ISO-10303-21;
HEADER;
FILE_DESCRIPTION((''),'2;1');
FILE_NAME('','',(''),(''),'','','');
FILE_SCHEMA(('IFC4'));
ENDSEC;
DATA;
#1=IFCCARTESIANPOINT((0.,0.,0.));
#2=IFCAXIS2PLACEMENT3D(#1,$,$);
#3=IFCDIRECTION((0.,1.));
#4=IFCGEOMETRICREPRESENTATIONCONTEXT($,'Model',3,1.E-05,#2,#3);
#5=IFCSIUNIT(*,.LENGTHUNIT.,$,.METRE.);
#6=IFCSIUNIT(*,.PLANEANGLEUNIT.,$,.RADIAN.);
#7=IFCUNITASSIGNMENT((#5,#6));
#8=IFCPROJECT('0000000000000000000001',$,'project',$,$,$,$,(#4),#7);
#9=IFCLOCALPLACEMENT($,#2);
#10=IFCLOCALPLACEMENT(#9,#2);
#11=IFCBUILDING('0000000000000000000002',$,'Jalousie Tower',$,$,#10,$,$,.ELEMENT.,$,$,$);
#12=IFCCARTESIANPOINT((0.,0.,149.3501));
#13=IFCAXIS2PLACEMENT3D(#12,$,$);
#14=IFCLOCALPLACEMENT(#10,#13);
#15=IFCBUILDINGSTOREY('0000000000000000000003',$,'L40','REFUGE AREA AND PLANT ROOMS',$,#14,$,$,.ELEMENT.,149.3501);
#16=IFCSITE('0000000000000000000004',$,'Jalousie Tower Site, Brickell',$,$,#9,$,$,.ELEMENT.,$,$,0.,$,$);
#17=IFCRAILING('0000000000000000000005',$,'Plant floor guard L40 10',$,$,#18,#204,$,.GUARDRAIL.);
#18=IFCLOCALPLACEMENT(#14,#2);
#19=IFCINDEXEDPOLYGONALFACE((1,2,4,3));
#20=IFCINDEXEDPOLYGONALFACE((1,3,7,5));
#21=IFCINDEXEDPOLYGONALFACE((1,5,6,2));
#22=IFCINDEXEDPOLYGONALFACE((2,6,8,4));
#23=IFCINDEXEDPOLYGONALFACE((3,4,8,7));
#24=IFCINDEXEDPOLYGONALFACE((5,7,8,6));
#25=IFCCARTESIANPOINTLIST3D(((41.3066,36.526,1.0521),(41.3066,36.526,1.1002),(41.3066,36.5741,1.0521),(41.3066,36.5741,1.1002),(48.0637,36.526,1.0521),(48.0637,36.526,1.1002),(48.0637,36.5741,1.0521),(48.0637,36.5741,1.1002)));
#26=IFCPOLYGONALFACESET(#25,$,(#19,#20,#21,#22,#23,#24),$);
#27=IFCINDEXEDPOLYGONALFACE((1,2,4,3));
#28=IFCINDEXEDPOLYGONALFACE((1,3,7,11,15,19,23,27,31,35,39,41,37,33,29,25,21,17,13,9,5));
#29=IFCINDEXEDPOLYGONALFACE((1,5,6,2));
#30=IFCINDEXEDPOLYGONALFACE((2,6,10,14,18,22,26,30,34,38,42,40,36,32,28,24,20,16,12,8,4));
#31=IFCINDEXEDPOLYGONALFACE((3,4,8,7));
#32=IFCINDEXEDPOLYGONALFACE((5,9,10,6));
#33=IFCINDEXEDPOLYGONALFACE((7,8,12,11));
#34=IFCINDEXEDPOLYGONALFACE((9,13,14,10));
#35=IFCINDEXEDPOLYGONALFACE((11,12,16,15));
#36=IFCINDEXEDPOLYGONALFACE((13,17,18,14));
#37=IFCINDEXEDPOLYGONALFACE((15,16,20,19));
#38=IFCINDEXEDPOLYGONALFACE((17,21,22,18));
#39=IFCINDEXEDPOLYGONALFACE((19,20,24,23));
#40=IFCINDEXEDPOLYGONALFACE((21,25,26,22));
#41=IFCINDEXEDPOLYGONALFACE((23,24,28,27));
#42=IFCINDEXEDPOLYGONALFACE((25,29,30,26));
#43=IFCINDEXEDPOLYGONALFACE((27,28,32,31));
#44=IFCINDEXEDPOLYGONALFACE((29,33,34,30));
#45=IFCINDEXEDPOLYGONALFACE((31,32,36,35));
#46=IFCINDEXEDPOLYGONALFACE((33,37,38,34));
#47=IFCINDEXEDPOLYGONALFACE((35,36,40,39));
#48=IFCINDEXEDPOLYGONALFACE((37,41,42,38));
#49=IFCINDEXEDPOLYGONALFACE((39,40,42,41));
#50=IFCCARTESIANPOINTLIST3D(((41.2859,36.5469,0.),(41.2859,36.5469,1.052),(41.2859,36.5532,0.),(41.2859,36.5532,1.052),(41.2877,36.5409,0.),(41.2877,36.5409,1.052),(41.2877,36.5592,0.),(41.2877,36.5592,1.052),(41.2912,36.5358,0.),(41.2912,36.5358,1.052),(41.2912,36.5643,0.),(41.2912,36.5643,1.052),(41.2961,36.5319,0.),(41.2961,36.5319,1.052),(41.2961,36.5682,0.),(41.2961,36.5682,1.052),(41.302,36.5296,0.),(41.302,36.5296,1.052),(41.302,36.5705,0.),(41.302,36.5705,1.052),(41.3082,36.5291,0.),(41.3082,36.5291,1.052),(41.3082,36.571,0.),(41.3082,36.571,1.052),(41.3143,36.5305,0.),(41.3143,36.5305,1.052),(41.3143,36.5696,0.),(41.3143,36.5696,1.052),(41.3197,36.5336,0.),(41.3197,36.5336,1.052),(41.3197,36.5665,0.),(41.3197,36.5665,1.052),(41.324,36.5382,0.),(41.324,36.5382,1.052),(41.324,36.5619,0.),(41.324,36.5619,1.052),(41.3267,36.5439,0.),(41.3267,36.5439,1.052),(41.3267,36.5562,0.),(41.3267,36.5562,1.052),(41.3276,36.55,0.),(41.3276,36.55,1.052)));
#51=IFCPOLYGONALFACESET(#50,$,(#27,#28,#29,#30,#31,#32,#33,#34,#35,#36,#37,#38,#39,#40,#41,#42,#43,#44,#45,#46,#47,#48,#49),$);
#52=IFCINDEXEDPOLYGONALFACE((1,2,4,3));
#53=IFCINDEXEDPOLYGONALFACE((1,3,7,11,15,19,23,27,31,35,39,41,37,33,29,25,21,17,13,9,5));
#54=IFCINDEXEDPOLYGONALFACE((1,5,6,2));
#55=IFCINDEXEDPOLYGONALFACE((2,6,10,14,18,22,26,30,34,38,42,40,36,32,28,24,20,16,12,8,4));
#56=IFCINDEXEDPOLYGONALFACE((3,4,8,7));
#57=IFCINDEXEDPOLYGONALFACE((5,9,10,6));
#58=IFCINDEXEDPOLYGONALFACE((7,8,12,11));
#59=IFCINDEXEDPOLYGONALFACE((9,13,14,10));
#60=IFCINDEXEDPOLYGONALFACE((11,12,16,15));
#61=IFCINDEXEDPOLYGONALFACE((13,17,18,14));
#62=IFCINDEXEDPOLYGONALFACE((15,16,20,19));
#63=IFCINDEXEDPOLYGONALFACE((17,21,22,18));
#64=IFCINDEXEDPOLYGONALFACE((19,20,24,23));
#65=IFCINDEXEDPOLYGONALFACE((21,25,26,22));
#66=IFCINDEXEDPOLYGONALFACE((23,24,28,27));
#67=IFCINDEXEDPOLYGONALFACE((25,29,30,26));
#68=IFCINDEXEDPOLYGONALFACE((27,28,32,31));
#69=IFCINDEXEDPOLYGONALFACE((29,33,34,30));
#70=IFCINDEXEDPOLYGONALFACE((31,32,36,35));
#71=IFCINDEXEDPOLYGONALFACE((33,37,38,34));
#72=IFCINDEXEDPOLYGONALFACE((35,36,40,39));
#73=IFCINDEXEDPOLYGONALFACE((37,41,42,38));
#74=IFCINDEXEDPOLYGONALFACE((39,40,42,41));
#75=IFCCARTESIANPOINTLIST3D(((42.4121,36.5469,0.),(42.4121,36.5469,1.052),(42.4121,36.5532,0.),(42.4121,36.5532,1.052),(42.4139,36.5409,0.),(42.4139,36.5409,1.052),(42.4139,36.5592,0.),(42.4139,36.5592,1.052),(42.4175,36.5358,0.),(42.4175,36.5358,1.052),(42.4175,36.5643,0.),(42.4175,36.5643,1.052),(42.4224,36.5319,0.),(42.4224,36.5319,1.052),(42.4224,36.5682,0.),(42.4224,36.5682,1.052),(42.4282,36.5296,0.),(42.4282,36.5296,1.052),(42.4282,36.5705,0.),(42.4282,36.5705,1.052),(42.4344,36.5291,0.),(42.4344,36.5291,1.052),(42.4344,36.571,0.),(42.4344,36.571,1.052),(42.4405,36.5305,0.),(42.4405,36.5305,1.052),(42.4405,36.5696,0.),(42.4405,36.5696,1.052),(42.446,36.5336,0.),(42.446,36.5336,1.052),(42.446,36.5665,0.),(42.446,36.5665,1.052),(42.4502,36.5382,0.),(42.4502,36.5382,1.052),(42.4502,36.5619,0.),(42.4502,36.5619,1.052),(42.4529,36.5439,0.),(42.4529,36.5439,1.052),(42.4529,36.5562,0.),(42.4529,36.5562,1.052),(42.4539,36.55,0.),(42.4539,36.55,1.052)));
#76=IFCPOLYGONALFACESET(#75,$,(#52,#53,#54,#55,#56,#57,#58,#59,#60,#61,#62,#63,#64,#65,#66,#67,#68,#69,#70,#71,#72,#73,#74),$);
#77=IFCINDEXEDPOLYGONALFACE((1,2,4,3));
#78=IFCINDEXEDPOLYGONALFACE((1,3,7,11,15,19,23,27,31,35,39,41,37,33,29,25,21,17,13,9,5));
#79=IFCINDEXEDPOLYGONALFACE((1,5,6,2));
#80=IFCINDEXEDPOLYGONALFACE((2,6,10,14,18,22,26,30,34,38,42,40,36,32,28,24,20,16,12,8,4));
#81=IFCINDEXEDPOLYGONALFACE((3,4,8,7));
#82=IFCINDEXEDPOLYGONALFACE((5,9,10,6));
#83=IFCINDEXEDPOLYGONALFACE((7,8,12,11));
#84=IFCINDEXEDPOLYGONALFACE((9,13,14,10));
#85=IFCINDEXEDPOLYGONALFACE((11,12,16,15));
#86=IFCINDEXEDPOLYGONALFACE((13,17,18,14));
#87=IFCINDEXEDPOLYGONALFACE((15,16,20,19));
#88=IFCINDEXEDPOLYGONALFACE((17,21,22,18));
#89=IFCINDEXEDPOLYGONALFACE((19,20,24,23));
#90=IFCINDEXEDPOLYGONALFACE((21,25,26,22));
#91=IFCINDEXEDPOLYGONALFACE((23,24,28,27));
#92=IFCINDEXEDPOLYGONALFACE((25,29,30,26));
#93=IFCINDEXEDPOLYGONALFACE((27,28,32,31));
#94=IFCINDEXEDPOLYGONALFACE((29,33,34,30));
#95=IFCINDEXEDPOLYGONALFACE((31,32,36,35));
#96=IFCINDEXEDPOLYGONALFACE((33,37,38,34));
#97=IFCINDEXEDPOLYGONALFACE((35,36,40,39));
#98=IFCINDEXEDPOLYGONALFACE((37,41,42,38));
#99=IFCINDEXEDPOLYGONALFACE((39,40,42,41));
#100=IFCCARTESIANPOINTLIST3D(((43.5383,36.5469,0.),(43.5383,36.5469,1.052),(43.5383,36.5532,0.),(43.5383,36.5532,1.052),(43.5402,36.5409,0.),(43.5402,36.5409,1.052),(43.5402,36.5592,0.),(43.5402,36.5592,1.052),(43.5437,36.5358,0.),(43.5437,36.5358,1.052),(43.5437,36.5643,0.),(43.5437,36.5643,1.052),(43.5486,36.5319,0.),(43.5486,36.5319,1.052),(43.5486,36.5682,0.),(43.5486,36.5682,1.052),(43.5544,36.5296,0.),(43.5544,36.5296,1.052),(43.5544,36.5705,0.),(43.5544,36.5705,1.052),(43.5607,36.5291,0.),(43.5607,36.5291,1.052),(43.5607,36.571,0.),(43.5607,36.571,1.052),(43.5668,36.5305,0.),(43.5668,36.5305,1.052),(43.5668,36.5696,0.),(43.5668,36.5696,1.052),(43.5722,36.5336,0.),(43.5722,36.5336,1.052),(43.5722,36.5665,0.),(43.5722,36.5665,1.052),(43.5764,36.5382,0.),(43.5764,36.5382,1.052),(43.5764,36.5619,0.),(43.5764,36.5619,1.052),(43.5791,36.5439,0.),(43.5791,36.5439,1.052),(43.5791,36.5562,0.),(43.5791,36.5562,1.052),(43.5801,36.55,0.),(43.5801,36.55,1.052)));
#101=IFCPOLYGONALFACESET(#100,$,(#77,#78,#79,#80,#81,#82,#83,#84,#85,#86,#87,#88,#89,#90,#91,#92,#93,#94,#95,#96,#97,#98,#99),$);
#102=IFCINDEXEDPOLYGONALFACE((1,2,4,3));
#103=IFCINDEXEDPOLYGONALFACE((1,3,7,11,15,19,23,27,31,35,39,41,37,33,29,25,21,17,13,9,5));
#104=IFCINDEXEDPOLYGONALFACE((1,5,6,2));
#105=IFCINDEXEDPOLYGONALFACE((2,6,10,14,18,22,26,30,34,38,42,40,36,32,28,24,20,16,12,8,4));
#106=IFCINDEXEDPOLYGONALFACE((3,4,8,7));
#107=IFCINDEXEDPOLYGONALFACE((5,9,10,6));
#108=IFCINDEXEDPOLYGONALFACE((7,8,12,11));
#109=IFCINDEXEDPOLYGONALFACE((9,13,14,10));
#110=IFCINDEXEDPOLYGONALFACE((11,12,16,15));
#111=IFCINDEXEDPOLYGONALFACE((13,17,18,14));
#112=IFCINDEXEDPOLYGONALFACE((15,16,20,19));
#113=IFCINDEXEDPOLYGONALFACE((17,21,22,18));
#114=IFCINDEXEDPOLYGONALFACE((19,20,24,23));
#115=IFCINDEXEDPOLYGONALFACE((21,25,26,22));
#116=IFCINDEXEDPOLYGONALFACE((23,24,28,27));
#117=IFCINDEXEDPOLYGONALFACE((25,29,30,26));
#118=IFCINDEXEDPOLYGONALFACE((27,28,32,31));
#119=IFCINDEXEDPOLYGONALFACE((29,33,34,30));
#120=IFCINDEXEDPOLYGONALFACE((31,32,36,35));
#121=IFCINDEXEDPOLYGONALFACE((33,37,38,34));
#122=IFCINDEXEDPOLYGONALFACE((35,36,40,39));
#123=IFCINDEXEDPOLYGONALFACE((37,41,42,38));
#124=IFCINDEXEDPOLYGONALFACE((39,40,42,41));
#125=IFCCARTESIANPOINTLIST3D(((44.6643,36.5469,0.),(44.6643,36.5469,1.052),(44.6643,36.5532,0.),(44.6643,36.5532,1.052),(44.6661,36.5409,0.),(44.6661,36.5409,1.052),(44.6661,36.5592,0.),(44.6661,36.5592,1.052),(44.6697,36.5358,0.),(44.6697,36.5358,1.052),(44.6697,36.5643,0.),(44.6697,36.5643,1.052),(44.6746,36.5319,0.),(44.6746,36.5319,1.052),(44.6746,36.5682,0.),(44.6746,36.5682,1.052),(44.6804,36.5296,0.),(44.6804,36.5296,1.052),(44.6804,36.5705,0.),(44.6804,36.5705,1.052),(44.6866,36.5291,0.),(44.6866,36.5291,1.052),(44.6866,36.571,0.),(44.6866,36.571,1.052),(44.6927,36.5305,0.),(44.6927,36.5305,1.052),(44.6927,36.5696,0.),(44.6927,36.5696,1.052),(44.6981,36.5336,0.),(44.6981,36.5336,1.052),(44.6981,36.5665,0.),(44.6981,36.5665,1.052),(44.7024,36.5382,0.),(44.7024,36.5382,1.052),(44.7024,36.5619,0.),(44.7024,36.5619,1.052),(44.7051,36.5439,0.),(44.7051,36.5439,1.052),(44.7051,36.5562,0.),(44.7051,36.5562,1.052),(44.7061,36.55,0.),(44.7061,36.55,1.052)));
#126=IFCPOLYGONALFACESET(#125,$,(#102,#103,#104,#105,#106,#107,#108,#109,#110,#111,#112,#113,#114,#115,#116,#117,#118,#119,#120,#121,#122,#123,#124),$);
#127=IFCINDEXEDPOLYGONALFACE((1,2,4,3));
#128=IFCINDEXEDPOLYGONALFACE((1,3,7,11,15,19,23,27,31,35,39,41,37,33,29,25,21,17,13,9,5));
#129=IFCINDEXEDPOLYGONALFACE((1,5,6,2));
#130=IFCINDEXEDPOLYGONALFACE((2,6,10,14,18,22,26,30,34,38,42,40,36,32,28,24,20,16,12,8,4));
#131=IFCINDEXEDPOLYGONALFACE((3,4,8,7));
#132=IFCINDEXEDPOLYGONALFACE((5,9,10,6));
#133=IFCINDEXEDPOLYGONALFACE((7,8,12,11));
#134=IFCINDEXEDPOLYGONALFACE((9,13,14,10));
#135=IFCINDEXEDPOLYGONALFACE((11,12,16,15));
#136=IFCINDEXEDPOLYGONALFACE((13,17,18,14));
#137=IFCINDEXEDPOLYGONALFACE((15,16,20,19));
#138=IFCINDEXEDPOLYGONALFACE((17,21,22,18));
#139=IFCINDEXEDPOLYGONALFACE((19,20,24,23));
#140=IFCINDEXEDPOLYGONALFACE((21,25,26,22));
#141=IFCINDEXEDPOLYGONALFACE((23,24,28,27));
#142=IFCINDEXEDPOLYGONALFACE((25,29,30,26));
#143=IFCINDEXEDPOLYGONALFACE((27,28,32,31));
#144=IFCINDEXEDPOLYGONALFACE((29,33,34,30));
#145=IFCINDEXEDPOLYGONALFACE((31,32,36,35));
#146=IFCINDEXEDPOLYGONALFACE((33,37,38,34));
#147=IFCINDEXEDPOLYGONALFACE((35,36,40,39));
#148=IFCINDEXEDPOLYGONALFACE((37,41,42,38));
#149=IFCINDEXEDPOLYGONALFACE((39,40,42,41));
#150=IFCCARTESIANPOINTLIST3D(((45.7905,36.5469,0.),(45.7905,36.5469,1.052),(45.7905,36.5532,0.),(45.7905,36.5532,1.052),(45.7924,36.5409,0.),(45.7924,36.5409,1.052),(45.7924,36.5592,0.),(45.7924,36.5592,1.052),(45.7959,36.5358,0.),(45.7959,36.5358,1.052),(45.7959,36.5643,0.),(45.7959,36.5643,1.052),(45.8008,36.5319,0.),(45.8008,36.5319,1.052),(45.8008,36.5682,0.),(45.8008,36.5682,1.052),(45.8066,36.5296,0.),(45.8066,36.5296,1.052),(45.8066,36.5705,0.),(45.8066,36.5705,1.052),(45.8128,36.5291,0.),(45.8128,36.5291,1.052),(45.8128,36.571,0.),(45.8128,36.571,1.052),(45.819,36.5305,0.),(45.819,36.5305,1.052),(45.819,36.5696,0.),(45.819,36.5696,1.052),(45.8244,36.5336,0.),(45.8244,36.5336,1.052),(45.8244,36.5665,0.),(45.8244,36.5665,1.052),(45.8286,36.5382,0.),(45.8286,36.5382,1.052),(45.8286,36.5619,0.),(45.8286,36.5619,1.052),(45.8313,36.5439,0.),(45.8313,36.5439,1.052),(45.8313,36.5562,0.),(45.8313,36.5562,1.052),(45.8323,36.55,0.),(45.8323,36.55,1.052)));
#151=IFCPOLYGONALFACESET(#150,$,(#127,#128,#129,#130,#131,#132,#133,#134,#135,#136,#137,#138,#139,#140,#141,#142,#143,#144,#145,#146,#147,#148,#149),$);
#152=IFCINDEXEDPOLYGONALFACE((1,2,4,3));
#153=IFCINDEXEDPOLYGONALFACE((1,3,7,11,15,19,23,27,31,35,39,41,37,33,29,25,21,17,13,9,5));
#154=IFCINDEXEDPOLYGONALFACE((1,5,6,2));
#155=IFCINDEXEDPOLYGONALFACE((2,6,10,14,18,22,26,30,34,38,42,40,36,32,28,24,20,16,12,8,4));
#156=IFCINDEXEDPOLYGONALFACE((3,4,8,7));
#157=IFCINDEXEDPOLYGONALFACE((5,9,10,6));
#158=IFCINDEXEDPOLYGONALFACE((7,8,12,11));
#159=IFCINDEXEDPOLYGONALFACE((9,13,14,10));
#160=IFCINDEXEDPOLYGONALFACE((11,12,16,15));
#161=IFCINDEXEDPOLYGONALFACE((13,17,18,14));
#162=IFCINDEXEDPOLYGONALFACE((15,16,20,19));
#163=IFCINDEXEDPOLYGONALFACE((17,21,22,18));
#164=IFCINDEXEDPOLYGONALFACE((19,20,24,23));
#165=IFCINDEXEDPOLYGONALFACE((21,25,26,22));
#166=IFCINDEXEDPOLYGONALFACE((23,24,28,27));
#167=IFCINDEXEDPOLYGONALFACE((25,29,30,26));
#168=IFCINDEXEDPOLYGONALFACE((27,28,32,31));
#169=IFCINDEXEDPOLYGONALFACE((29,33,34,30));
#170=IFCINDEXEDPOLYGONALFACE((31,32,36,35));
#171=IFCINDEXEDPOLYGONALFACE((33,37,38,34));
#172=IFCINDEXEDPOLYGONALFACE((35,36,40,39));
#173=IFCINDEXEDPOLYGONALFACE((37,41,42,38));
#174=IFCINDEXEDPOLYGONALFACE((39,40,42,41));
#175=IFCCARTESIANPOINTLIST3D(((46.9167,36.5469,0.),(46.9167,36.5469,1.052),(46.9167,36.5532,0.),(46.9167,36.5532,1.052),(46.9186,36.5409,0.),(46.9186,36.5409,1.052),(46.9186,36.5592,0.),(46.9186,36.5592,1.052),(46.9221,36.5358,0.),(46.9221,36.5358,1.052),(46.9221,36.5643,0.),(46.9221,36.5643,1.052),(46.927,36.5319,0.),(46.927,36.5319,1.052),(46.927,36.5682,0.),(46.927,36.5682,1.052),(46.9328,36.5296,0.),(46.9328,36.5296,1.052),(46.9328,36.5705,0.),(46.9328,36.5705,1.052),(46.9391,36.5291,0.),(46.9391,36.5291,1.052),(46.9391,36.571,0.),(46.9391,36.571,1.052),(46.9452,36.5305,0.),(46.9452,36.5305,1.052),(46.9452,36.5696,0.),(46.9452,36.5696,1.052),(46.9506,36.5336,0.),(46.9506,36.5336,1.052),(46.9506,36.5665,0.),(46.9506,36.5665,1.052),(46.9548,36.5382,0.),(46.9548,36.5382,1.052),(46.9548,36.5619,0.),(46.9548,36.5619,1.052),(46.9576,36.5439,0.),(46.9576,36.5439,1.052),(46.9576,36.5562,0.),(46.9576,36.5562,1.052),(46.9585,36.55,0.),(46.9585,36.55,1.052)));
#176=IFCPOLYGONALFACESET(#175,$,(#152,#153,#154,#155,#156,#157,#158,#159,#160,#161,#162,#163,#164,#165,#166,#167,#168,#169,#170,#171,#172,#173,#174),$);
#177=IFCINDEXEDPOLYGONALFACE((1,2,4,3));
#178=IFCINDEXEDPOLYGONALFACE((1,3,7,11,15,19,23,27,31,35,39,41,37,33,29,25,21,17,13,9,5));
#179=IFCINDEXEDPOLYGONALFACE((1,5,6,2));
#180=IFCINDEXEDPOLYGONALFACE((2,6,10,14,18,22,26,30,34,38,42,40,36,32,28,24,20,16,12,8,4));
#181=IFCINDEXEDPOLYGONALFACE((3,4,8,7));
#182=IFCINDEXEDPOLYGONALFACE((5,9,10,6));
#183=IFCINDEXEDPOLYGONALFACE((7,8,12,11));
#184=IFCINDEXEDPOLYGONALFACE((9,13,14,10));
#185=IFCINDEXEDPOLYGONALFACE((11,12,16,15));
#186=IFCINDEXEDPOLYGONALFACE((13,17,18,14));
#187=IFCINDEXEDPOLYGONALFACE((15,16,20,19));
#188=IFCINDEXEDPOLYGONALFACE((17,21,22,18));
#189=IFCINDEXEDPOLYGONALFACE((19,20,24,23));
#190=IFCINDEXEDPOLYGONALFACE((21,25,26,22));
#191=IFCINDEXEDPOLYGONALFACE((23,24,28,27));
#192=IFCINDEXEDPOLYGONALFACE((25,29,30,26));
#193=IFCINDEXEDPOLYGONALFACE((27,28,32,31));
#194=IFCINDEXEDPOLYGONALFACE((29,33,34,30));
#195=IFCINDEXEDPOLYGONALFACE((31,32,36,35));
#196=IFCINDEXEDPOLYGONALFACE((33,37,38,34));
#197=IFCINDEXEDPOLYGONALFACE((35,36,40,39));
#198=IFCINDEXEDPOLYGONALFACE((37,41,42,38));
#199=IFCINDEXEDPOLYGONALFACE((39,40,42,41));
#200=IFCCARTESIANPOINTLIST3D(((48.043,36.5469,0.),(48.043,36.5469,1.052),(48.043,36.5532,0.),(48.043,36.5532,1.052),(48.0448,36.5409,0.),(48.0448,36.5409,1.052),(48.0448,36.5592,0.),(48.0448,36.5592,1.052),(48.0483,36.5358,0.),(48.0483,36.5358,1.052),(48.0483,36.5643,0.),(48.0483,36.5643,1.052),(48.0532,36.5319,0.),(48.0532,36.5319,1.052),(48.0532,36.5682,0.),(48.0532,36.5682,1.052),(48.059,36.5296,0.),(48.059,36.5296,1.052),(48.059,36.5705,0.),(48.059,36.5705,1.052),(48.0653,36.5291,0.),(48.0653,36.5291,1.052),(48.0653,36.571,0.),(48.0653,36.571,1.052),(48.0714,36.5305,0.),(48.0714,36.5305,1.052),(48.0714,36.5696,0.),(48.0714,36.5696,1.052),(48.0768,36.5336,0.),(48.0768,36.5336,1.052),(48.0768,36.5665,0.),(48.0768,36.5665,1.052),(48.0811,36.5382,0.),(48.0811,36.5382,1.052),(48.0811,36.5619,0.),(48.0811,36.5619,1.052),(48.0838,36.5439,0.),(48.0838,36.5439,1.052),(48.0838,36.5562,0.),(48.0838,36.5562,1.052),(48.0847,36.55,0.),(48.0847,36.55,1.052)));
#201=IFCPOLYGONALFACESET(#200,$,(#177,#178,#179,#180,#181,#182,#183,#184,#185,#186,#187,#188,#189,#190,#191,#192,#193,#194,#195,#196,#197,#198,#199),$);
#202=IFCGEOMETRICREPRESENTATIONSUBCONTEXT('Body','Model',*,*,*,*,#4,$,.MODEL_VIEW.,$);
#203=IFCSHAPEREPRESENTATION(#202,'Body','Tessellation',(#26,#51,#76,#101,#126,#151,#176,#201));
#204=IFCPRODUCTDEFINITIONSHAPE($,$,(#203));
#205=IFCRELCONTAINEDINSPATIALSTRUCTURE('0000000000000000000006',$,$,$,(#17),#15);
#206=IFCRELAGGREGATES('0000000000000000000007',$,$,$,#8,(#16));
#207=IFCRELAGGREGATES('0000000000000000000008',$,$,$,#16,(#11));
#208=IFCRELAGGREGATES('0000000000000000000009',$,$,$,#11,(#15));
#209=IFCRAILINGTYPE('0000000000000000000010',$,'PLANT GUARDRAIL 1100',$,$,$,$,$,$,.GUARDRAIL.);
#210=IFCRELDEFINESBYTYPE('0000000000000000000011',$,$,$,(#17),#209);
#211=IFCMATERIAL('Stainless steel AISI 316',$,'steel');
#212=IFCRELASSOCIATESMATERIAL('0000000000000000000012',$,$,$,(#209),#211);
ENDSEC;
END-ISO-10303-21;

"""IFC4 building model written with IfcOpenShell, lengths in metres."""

from ifc_helpers import new_model, si_unit, direction, frame, origin, origin_2d, place, context, subcontext, project, spatial, rectangle, circle, extrude, material, type_object, element, save


model = new_model("IFC4")

# Units and contexts
model_context = context("Model", 3, precision=1e-05, world=origin(), true_north=direction((0.0, 1.0)))
body_context = subcontext(model_context, "Body", "Model", "MODEL_VIEW")
ifc_project = project(units=[si_unit("LENGTHUNIT", "METRE"), si_unit("PLANEANGLEUNIT", "RADIAN")], contexts=[model_context])

# Site, building, storey
site_placement = place(None, origin())
site = spatial("IfcSite", under=ifc_project, at=site_placement, Name="Jalousie Tower Site, Brickell", CompositionType="ELEMENT", RefElevation=0.0)
building_placement = place(site_placement, origin())
building = spatial("IfcBuilding", under=site, at=building_placement, Name="Jalousie Tower", CompositionType="ELEMENT")
storey_placement = place(building_placement, frame((0.0, 0.0, 149.3501)))
storey = spatial("IfcBuildingStorey", under=building, at=storey_placement, Name="L40", Description="REFUGE AREA AND PLANT ROOMS", CompositionType="ELEMENT", Elevation=149.3501)

# Railing
ifc_material_1 = material(Name="Stainless steel AISI 316", Category="steel")
railing_type = type_object("IfcRailingType", Name="PLANT GUARDRAIL 1100", PredefinedType="GUARDRAIL", material=ifc_material_1)
railing_1_placement = place(storey_placement, frame((41.3066, 36.55, 0.0)))
element("IfcRailing", 1, at=railing_1_placement, inside=storey, type_object=railing_type, Name="Plant floor guard L40 10", PredefinedType="GUARDRAIL", context=body_context, shape_type="SweptSolid", body=[
    extrude(rectangle(XDim=0.0481, YDim=0.0481, at=origin_2d()), frame((0.0, 0.0, 1.0762), z_axis=(1.0, 0.0, 0.0), x_axis=(0.0, 1.0, 0.0)), (0.0, 0.0, 1.0), 6.7571),
    extrude(circle(Radius=0.021, at=origin_2d()), origin(), (0.0, 0.0, 1.0), 1.052),
    extrude(circle(Radius=0.021, at=origin_2d()), frame((1.1262, 0.0, 0.0)), (0.0, 0.0, 1.0), 1.052),
    extrude(circle(Radius=0.021, at=origin_2d()), frame((2.2524, 0.0, 0.0)), (0.0, 0.0, 1.0), 1.052),
    extrude(circle(Radius=0.021, at=origin_2d()), frame((3.3784, 0.0, 0.0)), (0.0, 0.0, 1.0), 1.052),
    extrude(circle(Radius=0.021, at=origin_2d()), frame((4.5046, 0.0, 0.0)), (0.0, 0.0, 1.0), 1.052),
    extrude(circle(Radius=0.021, at=origin_2d()), frame((5.6309, 0.0, 0.0)), (0.0, 0.0, 1.0), 1.052),
    extrude(circle(Radius=0.021, at=origin_2d()), frame((6.7571, 0.0, 0.0)), (0.0, 0.0, 1.0), 1.052),
])

save(model, "model.ifc")
